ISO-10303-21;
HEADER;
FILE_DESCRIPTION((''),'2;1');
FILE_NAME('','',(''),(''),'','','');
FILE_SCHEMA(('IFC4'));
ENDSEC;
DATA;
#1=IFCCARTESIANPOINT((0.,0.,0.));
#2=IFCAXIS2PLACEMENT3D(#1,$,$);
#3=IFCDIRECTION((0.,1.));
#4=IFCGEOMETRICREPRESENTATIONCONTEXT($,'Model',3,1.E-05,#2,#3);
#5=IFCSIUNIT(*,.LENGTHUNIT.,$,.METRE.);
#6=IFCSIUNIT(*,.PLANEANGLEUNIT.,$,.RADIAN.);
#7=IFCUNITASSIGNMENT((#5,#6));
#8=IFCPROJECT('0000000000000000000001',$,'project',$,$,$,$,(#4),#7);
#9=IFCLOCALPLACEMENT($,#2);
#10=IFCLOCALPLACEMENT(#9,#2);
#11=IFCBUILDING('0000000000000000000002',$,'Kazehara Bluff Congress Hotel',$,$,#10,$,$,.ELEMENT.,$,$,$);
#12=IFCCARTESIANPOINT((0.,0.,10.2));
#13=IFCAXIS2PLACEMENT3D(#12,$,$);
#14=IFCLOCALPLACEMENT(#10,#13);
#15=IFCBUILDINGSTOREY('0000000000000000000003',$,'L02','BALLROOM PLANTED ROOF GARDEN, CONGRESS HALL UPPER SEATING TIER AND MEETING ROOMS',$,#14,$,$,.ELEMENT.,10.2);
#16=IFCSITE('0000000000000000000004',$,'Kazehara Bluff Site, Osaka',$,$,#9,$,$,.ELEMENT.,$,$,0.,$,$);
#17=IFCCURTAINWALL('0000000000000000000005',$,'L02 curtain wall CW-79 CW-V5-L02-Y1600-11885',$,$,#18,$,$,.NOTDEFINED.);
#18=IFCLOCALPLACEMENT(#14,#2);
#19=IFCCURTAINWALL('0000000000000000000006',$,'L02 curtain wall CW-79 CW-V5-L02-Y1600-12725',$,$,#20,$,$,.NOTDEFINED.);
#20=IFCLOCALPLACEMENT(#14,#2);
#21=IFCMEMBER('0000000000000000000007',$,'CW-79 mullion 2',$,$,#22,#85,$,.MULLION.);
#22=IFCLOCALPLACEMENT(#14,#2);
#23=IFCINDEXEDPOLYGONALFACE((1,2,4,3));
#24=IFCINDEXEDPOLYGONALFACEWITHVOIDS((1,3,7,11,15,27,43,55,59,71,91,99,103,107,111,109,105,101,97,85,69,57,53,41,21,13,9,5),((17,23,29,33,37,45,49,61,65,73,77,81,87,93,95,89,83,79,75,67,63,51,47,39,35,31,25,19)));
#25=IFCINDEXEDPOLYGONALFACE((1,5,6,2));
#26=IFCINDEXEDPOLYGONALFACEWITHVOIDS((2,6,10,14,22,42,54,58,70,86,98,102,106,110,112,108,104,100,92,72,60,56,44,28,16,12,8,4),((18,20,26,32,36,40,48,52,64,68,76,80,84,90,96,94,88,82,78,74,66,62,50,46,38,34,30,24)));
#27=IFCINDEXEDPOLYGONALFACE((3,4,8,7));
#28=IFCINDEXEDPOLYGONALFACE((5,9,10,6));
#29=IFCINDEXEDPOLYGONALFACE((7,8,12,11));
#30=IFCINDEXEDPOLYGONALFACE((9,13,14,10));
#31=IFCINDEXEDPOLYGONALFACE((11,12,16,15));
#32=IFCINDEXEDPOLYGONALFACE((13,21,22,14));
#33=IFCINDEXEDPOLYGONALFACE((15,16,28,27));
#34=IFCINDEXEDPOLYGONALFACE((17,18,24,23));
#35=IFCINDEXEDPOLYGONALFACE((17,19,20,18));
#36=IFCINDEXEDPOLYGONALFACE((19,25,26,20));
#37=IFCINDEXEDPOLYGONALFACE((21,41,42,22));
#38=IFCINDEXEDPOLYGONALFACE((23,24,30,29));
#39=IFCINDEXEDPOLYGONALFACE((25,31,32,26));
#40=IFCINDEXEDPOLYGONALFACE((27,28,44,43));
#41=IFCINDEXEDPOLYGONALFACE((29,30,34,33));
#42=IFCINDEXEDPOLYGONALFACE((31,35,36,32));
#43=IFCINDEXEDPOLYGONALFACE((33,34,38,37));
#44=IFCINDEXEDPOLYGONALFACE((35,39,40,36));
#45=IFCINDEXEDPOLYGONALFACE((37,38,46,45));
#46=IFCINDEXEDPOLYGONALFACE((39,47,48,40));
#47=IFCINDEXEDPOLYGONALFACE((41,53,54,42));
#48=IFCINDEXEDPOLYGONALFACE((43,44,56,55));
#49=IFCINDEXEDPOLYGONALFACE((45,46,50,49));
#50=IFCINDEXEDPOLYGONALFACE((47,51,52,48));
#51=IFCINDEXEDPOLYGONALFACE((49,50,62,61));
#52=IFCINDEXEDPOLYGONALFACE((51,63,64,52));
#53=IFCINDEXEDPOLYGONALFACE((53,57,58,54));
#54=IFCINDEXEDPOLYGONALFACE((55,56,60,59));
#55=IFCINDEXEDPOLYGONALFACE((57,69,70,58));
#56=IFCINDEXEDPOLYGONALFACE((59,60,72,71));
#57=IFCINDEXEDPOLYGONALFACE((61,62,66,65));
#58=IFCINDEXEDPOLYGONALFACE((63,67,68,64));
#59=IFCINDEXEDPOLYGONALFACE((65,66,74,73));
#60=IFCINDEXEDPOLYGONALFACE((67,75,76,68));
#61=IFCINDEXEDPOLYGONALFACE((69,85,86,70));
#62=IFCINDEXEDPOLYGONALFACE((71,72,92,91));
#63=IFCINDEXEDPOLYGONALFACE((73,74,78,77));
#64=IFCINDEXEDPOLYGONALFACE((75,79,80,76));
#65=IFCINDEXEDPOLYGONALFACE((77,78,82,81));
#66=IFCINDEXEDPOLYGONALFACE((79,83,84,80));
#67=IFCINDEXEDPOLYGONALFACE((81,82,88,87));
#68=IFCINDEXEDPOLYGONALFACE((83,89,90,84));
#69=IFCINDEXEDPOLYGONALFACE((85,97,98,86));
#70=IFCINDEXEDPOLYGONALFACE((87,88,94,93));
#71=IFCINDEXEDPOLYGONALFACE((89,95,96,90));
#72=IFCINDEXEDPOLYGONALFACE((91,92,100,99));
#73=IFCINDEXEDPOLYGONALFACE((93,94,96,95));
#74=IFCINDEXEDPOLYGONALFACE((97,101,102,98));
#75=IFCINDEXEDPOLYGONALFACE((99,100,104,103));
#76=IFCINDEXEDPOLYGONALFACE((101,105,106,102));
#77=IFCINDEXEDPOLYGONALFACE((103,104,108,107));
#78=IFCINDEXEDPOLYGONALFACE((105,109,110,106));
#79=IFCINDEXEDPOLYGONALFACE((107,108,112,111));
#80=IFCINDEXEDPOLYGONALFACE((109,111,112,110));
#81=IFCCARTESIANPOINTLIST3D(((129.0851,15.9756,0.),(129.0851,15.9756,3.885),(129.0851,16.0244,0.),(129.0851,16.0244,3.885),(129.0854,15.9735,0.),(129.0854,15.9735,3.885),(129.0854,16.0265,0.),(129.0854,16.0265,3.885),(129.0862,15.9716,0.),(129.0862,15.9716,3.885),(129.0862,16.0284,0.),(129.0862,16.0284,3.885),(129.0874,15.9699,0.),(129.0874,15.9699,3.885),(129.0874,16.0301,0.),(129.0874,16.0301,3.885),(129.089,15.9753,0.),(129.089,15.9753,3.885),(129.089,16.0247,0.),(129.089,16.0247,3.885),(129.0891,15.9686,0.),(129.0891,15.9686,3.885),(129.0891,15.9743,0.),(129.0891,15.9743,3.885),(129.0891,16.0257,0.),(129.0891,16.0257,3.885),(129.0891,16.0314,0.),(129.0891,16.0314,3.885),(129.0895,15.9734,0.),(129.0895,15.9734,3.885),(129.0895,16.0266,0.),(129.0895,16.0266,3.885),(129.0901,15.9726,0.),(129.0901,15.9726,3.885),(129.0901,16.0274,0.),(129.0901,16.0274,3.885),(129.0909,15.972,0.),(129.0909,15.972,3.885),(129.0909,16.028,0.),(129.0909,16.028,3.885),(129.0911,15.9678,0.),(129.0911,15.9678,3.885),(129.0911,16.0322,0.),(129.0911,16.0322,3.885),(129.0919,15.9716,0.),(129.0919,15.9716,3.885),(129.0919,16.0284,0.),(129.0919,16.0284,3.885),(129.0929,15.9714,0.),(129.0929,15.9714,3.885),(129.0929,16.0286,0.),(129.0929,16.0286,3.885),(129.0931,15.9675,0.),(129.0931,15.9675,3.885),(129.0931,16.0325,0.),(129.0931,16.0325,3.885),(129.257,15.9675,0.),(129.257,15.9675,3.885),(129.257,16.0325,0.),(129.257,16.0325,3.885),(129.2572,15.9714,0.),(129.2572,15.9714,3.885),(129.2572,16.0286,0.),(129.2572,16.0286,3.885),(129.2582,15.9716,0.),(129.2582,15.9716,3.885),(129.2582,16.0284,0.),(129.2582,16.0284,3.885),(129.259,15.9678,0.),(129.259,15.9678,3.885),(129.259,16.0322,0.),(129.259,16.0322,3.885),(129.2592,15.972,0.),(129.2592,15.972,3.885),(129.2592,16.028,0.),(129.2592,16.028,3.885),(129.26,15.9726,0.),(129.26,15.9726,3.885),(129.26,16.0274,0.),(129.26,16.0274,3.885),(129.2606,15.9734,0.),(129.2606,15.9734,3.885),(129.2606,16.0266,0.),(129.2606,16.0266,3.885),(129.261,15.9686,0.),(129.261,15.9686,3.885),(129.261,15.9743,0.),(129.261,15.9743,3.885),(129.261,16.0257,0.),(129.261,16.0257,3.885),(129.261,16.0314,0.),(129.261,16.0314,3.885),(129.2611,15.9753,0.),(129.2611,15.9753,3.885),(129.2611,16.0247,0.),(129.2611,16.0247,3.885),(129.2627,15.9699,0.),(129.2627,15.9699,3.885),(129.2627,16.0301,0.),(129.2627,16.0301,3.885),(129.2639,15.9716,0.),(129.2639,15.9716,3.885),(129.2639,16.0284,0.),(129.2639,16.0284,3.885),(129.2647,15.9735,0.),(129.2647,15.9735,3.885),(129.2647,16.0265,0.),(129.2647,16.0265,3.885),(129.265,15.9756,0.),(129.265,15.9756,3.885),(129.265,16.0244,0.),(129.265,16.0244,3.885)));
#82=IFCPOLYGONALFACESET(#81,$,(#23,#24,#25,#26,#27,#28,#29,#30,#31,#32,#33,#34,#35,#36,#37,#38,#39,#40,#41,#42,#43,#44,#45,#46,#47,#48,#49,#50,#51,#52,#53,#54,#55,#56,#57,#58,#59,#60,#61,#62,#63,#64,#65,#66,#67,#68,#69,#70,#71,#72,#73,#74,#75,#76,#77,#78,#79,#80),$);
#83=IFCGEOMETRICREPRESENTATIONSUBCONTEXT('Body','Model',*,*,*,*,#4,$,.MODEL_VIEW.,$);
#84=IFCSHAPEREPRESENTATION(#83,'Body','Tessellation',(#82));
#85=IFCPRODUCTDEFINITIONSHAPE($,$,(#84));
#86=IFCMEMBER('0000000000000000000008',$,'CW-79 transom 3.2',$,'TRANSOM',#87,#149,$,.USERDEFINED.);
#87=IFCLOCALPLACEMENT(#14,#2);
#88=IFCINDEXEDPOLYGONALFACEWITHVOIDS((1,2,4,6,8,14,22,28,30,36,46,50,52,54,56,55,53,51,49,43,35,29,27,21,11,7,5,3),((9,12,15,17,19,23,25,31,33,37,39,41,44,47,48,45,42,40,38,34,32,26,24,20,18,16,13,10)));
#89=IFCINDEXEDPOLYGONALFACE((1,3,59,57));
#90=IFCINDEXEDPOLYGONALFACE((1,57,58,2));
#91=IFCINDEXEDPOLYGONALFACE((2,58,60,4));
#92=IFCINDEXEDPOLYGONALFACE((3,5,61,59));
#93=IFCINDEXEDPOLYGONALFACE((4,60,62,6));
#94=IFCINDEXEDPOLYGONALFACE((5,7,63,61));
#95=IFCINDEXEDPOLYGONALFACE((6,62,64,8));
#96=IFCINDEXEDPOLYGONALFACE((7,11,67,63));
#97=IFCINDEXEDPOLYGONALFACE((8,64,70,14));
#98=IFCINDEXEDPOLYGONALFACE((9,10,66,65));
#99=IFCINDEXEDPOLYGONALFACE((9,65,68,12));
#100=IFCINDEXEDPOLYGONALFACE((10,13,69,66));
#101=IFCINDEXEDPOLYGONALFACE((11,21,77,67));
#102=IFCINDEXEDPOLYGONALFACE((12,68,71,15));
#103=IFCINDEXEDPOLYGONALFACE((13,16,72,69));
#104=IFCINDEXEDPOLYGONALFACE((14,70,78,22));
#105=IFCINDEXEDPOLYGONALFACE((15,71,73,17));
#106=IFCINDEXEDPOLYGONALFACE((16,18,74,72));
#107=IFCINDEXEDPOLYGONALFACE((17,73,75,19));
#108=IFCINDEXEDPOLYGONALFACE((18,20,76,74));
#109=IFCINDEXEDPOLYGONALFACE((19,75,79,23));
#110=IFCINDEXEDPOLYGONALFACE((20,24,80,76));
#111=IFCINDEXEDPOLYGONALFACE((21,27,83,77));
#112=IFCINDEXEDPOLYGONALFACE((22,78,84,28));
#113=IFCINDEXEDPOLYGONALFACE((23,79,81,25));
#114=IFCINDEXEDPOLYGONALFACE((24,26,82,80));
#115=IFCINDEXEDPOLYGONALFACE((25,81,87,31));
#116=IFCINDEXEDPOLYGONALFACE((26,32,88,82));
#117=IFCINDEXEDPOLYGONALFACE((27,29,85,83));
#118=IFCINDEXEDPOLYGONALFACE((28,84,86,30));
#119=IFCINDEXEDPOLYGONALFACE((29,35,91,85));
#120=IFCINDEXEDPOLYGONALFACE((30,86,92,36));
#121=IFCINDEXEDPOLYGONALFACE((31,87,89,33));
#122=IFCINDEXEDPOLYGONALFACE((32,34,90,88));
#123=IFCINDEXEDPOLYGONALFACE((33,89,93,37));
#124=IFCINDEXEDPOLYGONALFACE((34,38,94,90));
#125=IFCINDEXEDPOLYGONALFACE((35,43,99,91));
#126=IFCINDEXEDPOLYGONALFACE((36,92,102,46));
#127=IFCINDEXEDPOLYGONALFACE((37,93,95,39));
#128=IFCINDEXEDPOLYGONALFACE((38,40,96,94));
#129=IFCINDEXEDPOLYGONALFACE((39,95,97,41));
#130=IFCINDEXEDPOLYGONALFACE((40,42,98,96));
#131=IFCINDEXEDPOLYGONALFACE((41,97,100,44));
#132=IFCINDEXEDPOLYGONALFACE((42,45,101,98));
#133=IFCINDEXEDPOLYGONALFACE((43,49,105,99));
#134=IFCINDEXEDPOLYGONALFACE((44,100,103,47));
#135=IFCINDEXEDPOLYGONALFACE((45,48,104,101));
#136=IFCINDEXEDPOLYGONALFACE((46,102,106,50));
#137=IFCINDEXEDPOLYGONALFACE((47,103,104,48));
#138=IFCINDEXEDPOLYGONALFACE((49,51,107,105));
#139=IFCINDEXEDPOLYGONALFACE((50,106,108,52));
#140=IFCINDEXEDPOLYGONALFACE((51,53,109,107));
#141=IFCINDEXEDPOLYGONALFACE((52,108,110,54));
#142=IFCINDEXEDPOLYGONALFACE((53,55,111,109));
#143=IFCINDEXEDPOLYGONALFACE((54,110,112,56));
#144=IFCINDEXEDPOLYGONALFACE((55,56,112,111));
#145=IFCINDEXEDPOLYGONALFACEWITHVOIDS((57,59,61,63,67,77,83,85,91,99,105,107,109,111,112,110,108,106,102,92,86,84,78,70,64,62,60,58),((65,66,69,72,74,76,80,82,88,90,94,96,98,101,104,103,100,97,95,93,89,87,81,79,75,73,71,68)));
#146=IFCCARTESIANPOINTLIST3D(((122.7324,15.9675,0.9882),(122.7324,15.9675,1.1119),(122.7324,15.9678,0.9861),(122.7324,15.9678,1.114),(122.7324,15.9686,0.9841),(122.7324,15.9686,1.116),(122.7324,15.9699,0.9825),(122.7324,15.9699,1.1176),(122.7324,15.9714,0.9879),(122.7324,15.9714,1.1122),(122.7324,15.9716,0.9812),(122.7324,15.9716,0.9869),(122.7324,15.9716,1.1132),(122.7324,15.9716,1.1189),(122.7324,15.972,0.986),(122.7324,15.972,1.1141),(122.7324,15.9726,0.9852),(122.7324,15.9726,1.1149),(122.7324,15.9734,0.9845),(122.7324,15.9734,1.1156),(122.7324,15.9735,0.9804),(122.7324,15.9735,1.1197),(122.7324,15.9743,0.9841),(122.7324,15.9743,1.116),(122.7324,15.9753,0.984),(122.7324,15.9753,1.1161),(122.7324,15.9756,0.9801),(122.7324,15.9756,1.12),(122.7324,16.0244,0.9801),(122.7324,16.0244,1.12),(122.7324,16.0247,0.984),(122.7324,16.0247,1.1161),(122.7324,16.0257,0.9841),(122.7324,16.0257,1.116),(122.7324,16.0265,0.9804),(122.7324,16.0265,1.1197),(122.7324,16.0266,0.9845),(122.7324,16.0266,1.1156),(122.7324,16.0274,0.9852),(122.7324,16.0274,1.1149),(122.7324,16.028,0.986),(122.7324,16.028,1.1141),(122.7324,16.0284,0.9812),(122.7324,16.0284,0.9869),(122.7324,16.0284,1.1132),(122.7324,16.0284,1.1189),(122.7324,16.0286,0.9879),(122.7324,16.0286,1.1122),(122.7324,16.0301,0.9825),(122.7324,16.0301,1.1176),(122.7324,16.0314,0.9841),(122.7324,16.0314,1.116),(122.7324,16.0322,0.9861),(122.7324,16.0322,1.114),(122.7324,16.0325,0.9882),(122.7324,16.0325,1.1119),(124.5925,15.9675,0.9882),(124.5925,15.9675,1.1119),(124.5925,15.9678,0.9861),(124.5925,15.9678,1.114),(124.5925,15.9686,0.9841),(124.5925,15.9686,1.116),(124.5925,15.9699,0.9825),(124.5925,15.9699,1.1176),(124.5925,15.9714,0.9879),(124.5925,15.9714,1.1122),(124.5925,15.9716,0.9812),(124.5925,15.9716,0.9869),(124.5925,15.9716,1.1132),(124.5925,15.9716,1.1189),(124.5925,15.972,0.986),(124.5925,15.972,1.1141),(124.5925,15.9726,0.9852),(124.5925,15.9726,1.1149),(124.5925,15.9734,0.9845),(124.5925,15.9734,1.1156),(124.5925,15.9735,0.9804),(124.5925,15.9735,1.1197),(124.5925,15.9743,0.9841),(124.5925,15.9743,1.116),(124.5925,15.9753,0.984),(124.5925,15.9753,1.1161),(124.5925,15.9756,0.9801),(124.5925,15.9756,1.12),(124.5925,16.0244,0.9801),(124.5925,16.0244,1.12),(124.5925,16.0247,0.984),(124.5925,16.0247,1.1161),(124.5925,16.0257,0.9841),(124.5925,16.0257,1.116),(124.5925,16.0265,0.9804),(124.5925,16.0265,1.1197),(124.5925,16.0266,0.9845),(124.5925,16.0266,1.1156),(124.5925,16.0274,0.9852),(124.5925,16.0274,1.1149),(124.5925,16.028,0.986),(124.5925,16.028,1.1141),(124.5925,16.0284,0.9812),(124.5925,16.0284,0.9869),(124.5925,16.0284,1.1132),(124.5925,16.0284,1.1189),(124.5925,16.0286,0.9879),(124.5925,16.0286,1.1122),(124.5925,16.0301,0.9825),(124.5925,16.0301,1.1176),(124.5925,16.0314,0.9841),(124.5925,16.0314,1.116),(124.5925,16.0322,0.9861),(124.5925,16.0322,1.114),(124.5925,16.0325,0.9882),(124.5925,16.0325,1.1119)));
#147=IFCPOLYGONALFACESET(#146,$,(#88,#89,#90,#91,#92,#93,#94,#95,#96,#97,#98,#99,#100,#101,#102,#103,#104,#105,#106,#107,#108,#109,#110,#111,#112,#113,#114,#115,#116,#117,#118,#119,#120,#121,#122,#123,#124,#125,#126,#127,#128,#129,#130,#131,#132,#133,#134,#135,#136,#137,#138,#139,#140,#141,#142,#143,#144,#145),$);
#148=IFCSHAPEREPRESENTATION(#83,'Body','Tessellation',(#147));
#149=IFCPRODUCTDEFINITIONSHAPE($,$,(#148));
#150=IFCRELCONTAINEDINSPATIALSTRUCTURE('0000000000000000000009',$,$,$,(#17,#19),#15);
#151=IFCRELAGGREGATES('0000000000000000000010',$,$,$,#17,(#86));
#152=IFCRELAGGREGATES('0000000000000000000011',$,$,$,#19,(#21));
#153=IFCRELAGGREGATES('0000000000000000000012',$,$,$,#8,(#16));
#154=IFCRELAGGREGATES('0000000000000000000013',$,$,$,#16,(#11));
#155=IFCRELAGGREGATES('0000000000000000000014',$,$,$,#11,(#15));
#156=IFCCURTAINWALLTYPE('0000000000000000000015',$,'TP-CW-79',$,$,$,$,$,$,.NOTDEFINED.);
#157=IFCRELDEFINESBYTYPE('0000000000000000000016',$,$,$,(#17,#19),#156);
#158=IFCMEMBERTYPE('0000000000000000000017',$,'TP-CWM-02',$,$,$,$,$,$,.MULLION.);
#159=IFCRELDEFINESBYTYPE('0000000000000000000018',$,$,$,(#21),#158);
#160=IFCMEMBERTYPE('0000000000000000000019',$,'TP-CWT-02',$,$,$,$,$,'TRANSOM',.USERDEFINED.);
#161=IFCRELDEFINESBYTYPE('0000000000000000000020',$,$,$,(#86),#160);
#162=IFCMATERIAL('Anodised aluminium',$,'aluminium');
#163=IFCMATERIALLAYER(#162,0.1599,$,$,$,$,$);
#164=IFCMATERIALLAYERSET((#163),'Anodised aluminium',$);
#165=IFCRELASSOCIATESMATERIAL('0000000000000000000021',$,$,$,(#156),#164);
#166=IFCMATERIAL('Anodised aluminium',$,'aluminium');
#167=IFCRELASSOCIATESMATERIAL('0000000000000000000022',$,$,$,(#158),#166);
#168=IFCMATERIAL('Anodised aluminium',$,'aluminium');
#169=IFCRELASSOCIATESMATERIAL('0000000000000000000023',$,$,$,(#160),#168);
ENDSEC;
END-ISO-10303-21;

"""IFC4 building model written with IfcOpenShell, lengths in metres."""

from ifc_helpers import new_model, si_unit, direction, frame, origin, origin_2d, place, context, subcontext, project, spatial, hollow_rectangle, extrude, material, layer, layer_set, material_profile, profile_set, type_object, element, aggregate, save


model = new_model("IFC4")

# Units and contexts
model_context = context("Model", 3, precision=1e-05, world=origin(), true_north=direction((0.0, 1.0)))
body_context = subcontext(model_context, "Body", "Model", "MODEL_VIEW")
ifc_project = project(units=[si_unit("LENGTHUNIT", "METRE"), si_unit("PLANEANGLEUNIT", "RADIAN")], contexts=[model_context])

# Site, building, storey
site_placement = place(None, origin())
site = spatial("IfcSite", under=ifc_project, at=site_placement, Name="Kazehara Bluff Site, Osaka", CompositionType="ELEMENT", RefElevation=0.0)
building_placement = place(site_placement, origin())
building = spatial("IfcBuilding", under=site, at=building_placement, Name="Kazehara Bluff Congress Hotel", CompositionType="ELEMENT")
storey_placement = place(building_placement, frame((0.0, 0.0, 10.2)))
storey = spatial("IfcBuildingStorey", under=building, at=storey_placement, Name="L02", Description="BALLROOM PLANTED ROOF GARDEN, CONGRESS HALL UPPER SEATING TIER AND MEETING ROOMS", CompositionType="ELEMENT", Elevation=10.2)

# Curtain walls, member
ifc_material_1 = material(Name="Anodised aluminium", Category="aluminium")
ifc_layer_1 = layer(ifc_material_1, 0.1599)
ifc_layer_set_1 = layer_set([ifc_layer_1], Name="Anodised aluminium")
curtain_wall_type = type_object("IfcCurtainWallType", Name="TP-CW-79", PredefinedType="NOTDEFINED", material=ifc_layer_set_1)
curtain_wall_1_placement = place(storey_placement, origin())
curtain_wall_1 = element("IfcCurtainWall", 1, at=curtain_wall_1_placement, inside=storey, type_object=curtain_wall_type, Name="L02 curtain wall CW-79 CW-V5-L02-Y1600-11885", PredefinedType="NOTDEFINED")
ifc_material_2 = material(Name="Anodised aluminium", Category="aluminium")
ifc_material_profile_1 = material_profile(ifc_material_2, hollow_rectangle(XDim=0.0649, YDim=0.1799, WallThickness=0.0039, InnerFilletRadius=0.0039, OuterFilletRadius=0.0081, at=origin_2d()))
ifc_profile_set_1 = profile_set([ifc_material_profile_1], Name="Anodised aluminium")
member_type_1 = type_object("IfcMemberType", Name="TP-CWM-02", PredefinedType="MULLION", material=ifc_profile_set_1)
curtain_wall_2_placement = place(storey_placement, origin())
curtain_wall_2 = element("IfcCurtainWall", 2, at=curtain_wall_2_placement, inside=storey, type_object=curtain_wall_type, Name="L02 curtain wall CW-79 CW-V5-L02-Y1600-12725", PredefinedType="NOTDEFINED")
member_1_placement = place(storey_placement, frame((129.175, 16.0, 0.0), z_axis=(0.0, 0.0, 1.0), x_axis=(0.0, 1.0, 0.0)))
member_1 = element("IfcMember", 3, at=member_1_placement, type_object=member_type_1, Name="CW-79 mullion 2", PredefinedType="MULLION", context=body_context, shape_type="SweptSolid", body=[
    extrude(hollow_rectangle(XDim=0.0649, YDim=0.1799, WallThickness=0.0039, InnerFilletRadius=0.0039, OuterFilletRadius=0.0081, at=origin_2d()), origin(), (0.0, 0.0, 1.0), 3.885),
])

# Member
ifc_material_3 = material(Name="Anodised aluminium", Category="aluminium")
ifc_material_profile_2 = material_profile(ifc_material_3, hollow_rectangle(XDim=0.0649, YDim=0.1399, WallThickness=0.0039, InnerFilletRadius=0.0039, OuterFilletRadius=0.0081, at=origin_2d()))
ifc_profile_set_2 = profile_set([ifc_material_profile_2], Name="Anodised aluminium")
member_type_2 = type_object("IfcMemberType", Name="TP-CWT-02", ElementType="TRANSOM", PredefinedType="USERDEFINED", material=ifc_profile_set_2)
member_2_placement = place(storey_placement, frame((122.7324, 16.0, 1.05), z_axis=(1.0, 0.0, 0.0), x_axis=(0.0, 1.0, 0.0)))
member_2 = element("IfcMember", 4, at=member_2_placement, type_object=member_type_2, Name="CW-79 transom 3.2", ObjectType="TRANSOM", PredefinedType="USERDEFINED", context=body_context, shape_type="SweptSolid", body=[
    extrude(hollow_rectangle(XDim=0.0649, YDim=0.1399, WallThickness=0.0039, InnerFilletRadius=0.0039, OuterFilletRadius=0.0081, at=origin_2d()), origin(), (0.0, 0.0, 1.0), 1.8601),
])

aggregate(curtain_wall_1, [member_2])
aggregate(curtain_wall_2, [member_1])

save(model, "model.ifc")
